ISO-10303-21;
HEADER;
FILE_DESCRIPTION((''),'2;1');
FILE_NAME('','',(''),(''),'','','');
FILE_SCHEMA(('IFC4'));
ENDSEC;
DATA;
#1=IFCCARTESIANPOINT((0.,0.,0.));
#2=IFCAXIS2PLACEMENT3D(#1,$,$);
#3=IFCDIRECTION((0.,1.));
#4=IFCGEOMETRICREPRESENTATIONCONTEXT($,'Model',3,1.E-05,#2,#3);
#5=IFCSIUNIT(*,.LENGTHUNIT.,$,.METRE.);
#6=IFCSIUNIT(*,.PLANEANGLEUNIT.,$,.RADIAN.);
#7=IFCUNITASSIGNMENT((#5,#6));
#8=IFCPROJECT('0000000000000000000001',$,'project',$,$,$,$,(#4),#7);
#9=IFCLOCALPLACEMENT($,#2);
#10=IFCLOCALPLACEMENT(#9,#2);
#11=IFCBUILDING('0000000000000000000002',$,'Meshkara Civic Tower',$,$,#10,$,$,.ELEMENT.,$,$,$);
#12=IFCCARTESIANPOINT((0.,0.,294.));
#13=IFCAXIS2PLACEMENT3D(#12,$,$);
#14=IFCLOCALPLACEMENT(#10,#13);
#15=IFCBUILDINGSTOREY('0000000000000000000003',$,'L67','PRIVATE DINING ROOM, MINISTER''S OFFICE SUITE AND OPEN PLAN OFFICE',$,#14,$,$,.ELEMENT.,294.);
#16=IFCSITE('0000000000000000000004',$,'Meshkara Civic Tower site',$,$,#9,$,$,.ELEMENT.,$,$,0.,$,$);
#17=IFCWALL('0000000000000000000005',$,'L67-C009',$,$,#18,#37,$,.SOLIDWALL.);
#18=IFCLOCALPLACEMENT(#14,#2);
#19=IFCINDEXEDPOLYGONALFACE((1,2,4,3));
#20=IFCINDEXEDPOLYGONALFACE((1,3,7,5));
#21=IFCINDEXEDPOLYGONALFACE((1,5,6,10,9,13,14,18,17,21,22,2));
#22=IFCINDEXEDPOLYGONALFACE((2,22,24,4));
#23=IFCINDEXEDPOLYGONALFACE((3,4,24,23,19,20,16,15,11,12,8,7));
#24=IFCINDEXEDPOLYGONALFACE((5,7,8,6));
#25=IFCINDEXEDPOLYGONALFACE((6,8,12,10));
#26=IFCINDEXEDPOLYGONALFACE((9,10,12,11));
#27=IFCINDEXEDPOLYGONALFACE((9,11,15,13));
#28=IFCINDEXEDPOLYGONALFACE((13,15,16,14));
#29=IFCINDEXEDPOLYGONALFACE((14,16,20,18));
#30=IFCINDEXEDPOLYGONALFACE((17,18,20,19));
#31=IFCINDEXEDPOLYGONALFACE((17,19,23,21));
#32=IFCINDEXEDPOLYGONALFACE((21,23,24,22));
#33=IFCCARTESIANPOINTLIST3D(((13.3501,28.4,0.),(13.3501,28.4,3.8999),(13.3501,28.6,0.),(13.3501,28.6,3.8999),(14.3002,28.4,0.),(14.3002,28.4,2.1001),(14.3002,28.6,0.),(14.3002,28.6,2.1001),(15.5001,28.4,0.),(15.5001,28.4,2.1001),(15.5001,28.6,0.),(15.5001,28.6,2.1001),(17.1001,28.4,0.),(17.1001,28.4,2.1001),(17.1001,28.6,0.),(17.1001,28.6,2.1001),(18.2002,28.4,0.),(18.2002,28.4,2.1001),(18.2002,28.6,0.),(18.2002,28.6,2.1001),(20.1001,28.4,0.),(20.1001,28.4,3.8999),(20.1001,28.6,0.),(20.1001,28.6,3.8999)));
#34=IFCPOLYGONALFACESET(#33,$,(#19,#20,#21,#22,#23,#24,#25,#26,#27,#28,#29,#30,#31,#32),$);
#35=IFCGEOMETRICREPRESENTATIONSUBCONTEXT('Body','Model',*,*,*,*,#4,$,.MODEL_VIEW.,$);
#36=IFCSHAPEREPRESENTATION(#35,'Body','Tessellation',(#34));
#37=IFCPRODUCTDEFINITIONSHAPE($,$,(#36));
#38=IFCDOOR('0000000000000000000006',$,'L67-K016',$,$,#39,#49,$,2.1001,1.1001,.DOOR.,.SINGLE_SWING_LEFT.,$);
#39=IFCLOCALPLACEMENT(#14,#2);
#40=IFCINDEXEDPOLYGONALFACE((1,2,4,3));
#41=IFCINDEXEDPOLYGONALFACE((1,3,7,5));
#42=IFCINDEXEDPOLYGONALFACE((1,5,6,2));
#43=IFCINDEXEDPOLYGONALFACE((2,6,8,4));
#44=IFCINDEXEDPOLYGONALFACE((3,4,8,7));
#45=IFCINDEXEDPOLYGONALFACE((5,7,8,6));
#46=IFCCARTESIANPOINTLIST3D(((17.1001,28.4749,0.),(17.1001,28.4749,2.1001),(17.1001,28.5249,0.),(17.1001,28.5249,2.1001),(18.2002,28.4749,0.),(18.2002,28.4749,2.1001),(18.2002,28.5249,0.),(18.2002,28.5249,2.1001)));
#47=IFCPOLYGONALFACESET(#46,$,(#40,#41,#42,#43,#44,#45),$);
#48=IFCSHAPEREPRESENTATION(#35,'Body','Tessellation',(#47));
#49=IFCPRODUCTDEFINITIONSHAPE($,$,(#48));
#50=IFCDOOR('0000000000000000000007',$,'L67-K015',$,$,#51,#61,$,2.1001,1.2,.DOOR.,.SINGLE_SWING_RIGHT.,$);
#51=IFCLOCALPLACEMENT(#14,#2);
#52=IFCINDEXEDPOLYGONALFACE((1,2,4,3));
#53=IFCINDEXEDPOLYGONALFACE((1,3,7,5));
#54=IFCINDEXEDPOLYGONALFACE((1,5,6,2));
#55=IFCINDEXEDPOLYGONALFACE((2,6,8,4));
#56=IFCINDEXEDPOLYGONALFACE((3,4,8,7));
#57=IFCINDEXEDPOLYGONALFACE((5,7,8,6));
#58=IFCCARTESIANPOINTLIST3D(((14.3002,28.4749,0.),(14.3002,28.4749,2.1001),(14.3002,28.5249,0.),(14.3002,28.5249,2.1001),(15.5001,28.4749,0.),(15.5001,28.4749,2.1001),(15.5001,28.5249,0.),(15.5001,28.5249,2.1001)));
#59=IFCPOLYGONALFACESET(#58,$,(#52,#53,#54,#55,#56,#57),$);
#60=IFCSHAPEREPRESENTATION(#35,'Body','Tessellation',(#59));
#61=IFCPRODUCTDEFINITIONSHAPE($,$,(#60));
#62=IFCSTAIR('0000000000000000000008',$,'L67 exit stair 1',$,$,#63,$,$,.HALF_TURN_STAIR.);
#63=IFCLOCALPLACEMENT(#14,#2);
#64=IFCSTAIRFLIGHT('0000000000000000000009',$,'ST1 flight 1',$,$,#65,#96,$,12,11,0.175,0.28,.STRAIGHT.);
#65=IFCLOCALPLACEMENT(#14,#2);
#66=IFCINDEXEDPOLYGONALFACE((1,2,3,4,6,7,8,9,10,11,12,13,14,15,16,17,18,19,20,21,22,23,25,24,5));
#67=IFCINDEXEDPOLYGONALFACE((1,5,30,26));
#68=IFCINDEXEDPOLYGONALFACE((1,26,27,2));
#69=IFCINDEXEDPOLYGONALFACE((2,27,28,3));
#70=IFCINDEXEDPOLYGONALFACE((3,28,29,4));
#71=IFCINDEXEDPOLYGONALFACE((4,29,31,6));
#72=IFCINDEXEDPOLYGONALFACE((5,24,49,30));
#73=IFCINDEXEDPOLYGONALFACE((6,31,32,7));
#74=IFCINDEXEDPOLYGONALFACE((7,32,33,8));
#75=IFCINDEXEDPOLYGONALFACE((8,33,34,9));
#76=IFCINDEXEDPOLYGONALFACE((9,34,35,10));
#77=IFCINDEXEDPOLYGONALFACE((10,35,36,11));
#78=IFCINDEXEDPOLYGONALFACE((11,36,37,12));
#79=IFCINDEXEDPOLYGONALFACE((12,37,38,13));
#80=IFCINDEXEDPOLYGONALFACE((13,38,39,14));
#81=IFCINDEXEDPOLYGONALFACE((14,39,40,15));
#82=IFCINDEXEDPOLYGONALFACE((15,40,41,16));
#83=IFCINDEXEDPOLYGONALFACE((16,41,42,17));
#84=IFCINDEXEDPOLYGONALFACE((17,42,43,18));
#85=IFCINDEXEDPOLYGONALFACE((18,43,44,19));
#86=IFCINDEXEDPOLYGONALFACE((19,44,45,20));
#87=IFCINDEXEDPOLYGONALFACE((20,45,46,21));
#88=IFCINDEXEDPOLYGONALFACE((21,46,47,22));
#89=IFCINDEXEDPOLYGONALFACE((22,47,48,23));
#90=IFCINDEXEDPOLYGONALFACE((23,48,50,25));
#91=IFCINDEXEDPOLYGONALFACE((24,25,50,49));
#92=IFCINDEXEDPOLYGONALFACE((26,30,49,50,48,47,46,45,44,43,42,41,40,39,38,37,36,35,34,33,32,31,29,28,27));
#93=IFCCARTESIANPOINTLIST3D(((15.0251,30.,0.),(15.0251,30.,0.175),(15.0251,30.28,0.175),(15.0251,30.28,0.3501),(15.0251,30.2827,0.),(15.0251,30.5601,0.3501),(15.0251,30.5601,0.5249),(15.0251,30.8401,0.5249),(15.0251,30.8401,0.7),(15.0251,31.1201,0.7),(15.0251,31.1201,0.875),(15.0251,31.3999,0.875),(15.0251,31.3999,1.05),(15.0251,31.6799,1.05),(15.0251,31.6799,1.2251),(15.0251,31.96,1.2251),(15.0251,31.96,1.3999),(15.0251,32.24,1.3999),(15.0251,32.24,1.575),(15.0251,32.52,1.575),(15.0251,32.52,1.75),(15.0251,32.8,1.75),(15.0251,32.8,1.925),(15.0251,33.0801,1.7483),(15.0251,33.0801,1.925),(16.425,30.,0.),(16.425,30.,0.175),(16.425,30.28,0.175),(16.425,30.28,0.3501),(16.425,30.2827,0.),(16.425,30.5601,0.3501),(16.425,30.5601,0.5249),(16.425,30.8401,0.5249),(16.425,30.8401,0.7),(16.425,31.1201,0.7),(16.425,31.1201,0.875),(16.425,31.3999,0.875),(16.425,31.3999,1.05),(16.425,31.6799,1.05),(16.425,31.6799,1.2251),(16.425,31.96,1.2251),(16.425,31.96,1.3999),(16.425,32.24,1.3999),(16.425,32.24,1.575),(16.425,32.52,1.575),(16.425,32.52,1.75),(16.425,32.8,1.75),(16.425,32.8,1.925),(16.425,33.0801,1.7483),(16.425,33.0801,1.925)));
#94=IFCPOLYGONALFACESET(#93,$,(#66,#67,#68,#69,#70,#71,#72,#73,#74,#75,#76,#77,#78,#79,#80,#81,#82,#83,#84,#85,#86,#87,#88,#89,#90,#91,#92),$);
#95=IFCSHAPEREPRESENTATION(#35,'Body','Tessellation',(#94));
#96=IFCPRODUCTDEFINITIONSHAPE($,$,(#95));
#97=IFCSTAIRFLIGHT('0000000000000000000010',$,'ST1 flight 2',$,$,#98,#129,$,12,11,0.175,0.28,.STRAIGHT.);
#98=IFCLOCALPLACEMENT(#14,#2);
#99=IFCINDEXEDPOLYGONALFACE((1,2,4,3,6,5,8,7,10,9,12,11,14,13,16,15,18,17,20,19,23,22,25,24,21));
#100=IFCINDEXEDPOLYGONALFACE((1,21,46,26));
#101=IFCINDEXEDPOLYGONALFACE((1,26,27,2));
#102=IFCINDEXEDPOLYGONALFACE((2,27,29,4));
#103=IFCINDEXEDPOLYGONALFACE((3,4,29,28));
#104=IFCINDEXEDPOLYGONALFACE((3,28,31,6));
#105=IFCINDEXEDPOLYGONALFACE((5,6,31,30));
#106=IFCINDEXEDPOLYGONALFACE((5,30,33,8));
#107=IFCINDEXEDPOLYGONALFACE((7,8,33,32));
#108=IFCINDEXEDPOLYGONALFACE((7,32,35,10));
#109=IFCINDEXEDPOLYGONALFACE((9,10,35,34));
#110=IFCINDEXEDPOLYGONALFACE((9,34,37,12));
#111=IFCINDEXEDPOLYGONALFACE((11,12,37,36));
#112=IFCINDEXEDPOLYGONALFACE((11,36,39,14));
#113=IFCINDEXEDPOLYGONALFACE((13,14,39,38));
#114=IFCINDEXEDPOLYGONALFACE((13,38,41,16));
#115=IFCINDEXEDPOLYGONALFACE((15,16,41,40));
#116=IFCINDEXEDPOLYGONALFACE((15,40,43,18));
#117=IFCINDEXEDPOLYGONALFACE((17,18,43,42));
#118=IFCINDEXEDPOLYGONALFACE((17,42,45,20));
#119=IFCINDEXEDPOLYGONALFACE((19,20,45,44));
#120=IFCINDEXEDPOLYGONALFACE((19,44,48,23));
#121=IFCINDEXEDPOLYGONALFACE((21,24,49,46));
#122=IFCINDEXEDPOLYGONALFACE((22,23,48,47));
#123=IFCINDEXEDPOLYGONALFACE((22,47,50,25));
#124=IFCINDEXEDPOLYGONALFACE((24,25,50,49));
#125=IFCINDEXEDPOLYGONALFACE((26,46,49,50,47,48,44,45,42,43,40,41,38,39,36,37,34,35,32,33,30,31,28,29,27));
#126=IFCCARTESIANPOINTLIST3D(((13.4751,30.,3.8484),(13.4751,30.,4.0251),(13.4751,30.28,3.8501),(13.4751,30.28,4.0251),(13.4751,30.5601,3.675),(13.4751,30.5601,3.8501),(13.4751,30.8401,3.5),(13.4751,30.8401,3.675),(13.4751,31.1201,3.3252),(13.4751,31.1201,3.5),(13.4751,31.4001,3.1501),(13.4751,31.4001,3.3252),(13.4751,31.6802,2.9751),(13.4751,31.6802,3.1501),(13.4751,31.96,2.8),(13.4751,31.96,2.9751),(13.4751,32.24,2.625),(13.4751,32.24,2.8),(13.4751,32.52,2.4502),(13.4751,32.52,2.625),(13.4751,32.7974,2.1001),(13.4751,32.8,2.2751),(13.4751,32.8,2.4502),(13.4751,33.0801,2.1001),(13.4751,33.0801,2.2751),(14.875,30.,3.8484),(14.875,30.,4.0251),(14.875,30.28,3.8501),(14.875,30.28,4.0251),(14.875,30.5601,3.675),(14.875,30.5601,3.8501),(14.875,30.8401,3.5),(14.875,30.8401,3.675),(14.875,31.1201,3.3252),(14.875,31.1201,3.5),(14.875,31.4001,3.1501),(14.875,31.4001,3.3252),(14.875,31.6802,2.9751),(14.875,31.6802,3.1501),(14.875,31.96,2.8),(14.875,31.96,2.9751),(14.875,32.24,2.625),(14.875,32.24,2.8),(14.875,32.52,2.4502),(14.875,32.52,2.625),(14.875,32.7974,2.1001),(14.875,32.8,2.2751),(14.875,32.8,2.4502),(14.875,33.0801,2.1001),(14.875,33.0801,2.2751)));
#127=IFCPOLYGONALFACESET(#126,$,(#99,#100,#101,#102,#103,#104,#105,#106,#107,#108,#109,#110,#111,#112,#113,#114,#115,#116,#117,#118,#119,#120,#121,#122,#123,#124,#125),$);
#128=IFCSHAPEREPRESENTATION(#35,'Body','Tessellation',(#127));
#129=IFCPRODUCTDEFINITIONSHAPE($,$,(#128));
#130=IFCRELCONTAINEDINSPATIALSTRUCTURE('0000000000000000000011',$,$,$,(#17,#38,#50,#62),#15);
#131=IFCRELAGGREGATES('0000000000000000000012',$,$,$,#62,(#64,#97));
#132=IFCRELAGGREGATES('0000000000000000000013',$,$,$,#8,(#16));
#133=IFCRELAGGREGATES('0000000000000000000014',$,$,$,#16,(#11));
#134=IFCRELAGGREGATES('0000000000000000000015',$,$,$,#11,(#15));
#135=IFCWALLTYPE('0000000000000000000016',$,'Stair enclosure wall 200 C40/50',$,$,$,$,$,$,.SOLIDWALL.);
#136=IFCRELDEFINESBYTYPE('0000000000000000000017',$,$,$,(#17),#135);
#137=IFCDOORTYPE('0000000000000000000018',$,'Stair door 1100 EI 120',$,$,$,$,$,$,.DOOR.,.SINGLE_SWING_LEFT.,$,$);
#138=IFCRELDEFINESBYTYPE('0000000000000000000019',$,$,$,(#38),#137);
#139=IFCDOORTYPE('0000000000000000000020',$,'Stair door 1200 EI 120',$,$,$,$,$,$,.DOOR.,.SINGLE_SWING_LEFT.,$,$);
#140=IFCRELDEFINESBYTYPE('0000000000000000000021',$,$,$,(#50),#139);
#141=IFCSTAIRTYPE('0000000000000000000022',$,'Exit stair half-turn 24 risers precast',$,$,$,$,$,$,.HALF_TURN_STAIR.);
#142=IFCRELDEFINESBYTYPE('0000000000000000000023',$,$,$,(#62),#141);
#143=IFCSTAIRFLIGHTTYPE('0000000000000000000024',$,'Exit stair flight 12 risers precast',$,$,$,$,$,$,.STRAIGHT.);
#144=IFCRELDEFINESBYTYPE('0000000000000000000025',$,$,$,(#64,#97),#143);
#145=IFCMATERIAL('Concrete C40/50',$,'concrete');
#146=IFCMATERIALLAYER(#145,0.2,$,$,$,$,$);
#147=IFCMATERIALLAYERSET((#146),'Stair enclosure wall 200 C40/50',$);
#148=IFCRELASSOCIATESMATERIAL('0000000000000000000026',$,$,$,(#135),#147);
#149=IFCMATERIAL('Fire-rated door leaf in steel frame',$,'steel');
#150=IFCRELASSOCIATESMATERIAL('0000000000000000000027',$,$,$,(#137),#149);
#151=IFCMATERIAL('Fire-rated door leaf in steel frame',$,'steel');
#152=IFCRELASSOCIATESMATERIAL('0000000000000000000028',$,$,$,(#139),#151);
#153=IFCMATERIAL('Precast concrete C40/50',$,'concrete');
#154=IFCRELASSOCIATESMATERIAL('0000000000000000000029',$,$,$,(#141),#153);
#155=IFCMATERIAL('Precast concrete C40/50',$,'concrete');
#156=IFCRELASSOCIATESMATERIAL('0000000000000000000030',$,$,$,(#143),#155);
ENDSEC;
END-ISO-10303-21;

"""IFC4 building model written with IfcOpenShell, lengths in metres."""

from ifc_helpers import new_model, si_unit, direction, frame, frame_2d, origin, place, context, subcontext, project, spatial, polyline, rectangle, outline, extrude, material, layer, layer_set, type_object, element, fill, aggregate, save


model = new_model("IFC4")

# Units and contexts
model_context = context("Model", 3, precision=1e-05, world=origin(), true_north=direction((0.0, 1.0)))
body_context = subcontext(model_context, "Body", "Model", "MODEL_VIEW")
ifc_project = project(units=[si_unit("LENGTHUNIT", "METRE"), si_unit("PLANEANGLEUNIT", "RADIAN")], contexts=[model_context])

# Site, building, storey
site_placement = place(None, origin())
site = spatial("IfcSite", under=ifc_project, at=site_placement, Name="Meshkara Civic Tower site", CompositionType="ELEMENT", RefElevation=0.0)
building_placement = place(site_placement, origin())
building = spatial("IfcBuilding", under=site, at=building_placement, Name="Meshkara Civic Tower", CompositionType="ELEMENT")
storey_placement = place(building_placement, frame((0.0, 0.0, 294.0)))
storey = spatial("IfcBuildingStorey", under=building, at=storey_placement, Name="L67", Description="PRIVATE DINING ROOM, MINISTER'S OFFICE SUITE AND OPEN PLAN OFFICE", CompositionType="ELEMENT", Elevation=294.0)

# Wall, openings, doors
ifc_material_1 = material(Name="Concrete C40/50", Category="concrete")
ifc_layer_1 = layer(ifc_material_1, 0.2)
ifc_layer_set_1 = layer_set([ifc_layer_1], Name="Stair enclosure wall 200 C40/50")
wall_type_1 = type_object("IfcWallType", Name="Stair enclosure wall 200 C40/50", PredefinedType="SOLIDWALL", material=ifc_layer_set_1)
wall_1_placement = place(storey_placement, frame((13.3501, 28.5, 0.0), z_axis=(0.0, 0.0, 1.0), x_axis=(1.0, 0.0, 0.0)))
wall_1 = element("IfcWall", 1, at=wall_1_placement, inside=storey, type_object=wall_type_1, Name="L67-C009", PredefinedType="SOLIDWALL", context=body_context, shape_type="SweptSolid", body=[
    extrude(rectangle(XDim=6.75, YDim=0.2, at=frame_2d((3.375, 0.0))), origin(), (0.0, 0.0, 1.0), 3.8999),
])
opening_1_placement = place(wall_1_placement, frame((0.95, 0.0, 0.0)))
opening_1 = element("IfcOpeningElement", 2, at=opening_1_placement, cuts=wall_1, PredefinedType="OPENING", context=body_context, shape_type="SweptSolid", body=[
    extrude(rectangle(XDim=1.2, YDim=2.1001, at=frame_2d((0.6001, 1.05))), frame((0.0, 0.1099, 0.0), z_axis=(0.0, -1.0, 0.0), x_axis=(1.0, 0.0, 0.0)), (0.0, 0.0, 1.0), 0.22),
])
opening_2_placement = place(wall_1_placement, frame((3.75, 0.0, 0.0)))
opening_2 = element("IfcOpeningElement", 3, at=opening_2_placement, cuts=wall_1, PredefinedType="OPENING", context=body_context, shape_type="SweptSolid", body=[
    extrude(rectangle(XDim=1.1001, YDim=2.1001, at=frame_2d((0.55, 1.05))), frame((0.0, 0.1099, 0.0), z_axis=(0.0, -1.0, 0.0), x_axis=(1.0, 0.0, 0.0)), (0.0, 0.0, 1.0), 0.22),
])
ifc_material_2 = material(Name="Fire-rated door leaf in steel frame", Category="steel")
door_type_1 = type_object("IfcDoorType", Name="Stair door 1100 EI 120", OperationType="SINGLE_SWING_LEFT", PredefinedType="DOOR", material=ifc_material_2)
door_1_placement = place(opening_2_placement, origin())
door_1 = element("IfcDoor", 4, at=door_1_placement, inside=storey, type_object=door_type_1, Name="L67-K016", OperationType="SINGLE_SWING_LEFT", OverallHeight=2.1001, OverallWidth=1.1001, PredefinedType="DOOR", context=body_context, shape_type="SweptSolid", body=[
    extrude(rectangle(XDim=1.1001, YDim=2.1001, at=frame_2d((0.55, 1.05))), frame((0.0, 0.0249, 0.0), z_axis=(0.0, -1.0, 0.0), x_axis=(1.0, 0.0, 0.0)), (0.0, 0.0, 1.0), 0.05),
])
fill(opening_2, door_1)
ifc_material_3 = material(Name="Fire-rated door leaf in steel frame", Category="steel")
door_type_2 = type_object("IfcDoorType", Name="Stair door 1200 EI 120", OperationType="SINGLE_SWING_LEFT", PredefinedType="DOOR", material=ifc_material_3)
door_2_placement = place(opening_1_placement, origin())
door_2 = element("IfcDoor", 5, at=door_2_placement, inside=storey, type_object=door_type_2, Name="L67-K015", OperationType="SINGLE_SWING_RIGHT", OverallHeight=2.1001, OverallWidth=1.2, PredefinedType="DOOR", context=body_context, shape_type="SweptSolid", body=[
    extrude(rectangle(XDim=1.2, YDim=2.1001, at=frame_2d((0.6001, 1.05))), frame((0.0, 0.0249, 0.0), z_axis=(0.0, -1.0, 0.0), x_axis=(1.0, 0.0, 0.0)), (0.0, 0.0, 1.0), 0.05),
])
fill(opening_1, door_2)

# Stair, stair flights
ifc_material_4 = material(Name="Precast concrete C40/50", Category="concrete")
stair_type = type_object("IfcStairType", Name="Exit stair half-turn 24 risers precast", PredefinedType="HALF_TURN_STAIR", material=ifc_material_4)
stair_placement = place(storey_placement, origin())
stair = element("IfcStair", 6, at=stair_placement, inside=storey, type_object=stair_type, Name="L67 exit stair 1", PredefinedType="HALF_TURN_STAIR")
ifc_material_5 = material(Name="Precast concrete C40/50", Category="concrete")
stair_flight_type = type_object("IfcStairFlightType", Name="Exit stair flight 12 risers precast", PredefinedType="STRAIGHT", material=ifc_material_5)
stair_flight_1_placement = place(storey_placement, frame((15.7251, 30.0, 0.0), z_axis=(0.0, 0.0, 1.0), x_axis=(0.0, 1.0, 0.0)))
stair_flight_1 = element("IfcStairFlight", 7, at=stair_flight_1_placement, type_object=stair_flight_type, Name="ST1 flight 1", NumberOfRisers=12, NumberOfTreads=11, PredefinedType="STRAIGHT", RiserHeight=0.175, TreadLength=0.28, context=body_context, shape_type="SweptSolid", body=[
    extrude(outline(polyline([(0.0, 0.0), (0.0, 0.175), (0.28, 0.175), (0.28, 0.3501), (0.5601, 0.3501), (0.5601, 0.5249), (0.8401, 0.5249), (0.8401, 0.7), (1.1201, 0.7), (1.1201, 0.875), (1.3999, 0.875), (1.3999, 1.05), (1.6799, 1.05), (1.6799, 1.2251), (1.96, 1.2251), (1.96, 1.3999), (2.24, 1.3999), (2.24, 1.575), (2.52, 1.575), (2.52, 1.75), (2.8, 1.75), (2.8, 1.925), (3.0801, 1.925), (3.0801, 2.1001), (3.0801, 1.7483), (0.2827, 0.0), (0.0, 0.0)])), frame((0.0, 0.7, 0.0), z_axis=(0.0, -1.0, 0.0), x_axis=(1.0, 0.0, 0.0)), (0.0, 0.0, 1.0), 1.3999),
])
stair_flight_2_placement = place(storey_placement, frame((14.175, 33.0801, 2.1001), z_axis=(0.0, 0.0, 1.0), x_axis=(0.0, -1.0, 0.0)))
stair_flight_2 = element("IfcStairFlight", 8, at=stair_flight_2_placement, type_object=stair_flight_type, Name="ST1 flight 2", NumberOfRisers=12, NumberOfTreads=11, PredefinedType="STRAIGHT", RiserHeight=0.175, TreadLength=0.28, context=body_context, shape_type="SweptSolid", body=[
    extrude(outline(polyline([(0.0, 0.0), (0.0, 0.175), (0.28, 0.175), (0.28, 0.3501), (0.5601, 0.3501), (0.5601, 0.5249), (0.8401, 0.5249), (0.8401, 0.7), (1.1201, 0.7), (1.1201, 0.875), (1.3999, 0.875), (1.3999, 1.05), (1.6799, 1.05), (1.6799, 1.2251), (1.96, 1.2251), (1.96, 1.3999), (2.24, 1.3999), (2.24, 1.575), (2.52, 1.575), (2.52, 1.75), (2.8, 1.75), (2.8, 1.925), (3.0801, 1.925), (3.0801, 2.1001), (3.0801, 1.7483), (0.2827, 0.0), (0.0, 0.0)])), frame((0.0, 0.7, 0.0), z_axis=(0.0, -1.0, 0.0), x_axis=(1.0, 0.0, 0.0)), (0.0, 0.0, 1.0), 1.3999),
])
aggregate(stair, [stair_flight_1, stair_flight_2])

save(model, "model.ifc")
